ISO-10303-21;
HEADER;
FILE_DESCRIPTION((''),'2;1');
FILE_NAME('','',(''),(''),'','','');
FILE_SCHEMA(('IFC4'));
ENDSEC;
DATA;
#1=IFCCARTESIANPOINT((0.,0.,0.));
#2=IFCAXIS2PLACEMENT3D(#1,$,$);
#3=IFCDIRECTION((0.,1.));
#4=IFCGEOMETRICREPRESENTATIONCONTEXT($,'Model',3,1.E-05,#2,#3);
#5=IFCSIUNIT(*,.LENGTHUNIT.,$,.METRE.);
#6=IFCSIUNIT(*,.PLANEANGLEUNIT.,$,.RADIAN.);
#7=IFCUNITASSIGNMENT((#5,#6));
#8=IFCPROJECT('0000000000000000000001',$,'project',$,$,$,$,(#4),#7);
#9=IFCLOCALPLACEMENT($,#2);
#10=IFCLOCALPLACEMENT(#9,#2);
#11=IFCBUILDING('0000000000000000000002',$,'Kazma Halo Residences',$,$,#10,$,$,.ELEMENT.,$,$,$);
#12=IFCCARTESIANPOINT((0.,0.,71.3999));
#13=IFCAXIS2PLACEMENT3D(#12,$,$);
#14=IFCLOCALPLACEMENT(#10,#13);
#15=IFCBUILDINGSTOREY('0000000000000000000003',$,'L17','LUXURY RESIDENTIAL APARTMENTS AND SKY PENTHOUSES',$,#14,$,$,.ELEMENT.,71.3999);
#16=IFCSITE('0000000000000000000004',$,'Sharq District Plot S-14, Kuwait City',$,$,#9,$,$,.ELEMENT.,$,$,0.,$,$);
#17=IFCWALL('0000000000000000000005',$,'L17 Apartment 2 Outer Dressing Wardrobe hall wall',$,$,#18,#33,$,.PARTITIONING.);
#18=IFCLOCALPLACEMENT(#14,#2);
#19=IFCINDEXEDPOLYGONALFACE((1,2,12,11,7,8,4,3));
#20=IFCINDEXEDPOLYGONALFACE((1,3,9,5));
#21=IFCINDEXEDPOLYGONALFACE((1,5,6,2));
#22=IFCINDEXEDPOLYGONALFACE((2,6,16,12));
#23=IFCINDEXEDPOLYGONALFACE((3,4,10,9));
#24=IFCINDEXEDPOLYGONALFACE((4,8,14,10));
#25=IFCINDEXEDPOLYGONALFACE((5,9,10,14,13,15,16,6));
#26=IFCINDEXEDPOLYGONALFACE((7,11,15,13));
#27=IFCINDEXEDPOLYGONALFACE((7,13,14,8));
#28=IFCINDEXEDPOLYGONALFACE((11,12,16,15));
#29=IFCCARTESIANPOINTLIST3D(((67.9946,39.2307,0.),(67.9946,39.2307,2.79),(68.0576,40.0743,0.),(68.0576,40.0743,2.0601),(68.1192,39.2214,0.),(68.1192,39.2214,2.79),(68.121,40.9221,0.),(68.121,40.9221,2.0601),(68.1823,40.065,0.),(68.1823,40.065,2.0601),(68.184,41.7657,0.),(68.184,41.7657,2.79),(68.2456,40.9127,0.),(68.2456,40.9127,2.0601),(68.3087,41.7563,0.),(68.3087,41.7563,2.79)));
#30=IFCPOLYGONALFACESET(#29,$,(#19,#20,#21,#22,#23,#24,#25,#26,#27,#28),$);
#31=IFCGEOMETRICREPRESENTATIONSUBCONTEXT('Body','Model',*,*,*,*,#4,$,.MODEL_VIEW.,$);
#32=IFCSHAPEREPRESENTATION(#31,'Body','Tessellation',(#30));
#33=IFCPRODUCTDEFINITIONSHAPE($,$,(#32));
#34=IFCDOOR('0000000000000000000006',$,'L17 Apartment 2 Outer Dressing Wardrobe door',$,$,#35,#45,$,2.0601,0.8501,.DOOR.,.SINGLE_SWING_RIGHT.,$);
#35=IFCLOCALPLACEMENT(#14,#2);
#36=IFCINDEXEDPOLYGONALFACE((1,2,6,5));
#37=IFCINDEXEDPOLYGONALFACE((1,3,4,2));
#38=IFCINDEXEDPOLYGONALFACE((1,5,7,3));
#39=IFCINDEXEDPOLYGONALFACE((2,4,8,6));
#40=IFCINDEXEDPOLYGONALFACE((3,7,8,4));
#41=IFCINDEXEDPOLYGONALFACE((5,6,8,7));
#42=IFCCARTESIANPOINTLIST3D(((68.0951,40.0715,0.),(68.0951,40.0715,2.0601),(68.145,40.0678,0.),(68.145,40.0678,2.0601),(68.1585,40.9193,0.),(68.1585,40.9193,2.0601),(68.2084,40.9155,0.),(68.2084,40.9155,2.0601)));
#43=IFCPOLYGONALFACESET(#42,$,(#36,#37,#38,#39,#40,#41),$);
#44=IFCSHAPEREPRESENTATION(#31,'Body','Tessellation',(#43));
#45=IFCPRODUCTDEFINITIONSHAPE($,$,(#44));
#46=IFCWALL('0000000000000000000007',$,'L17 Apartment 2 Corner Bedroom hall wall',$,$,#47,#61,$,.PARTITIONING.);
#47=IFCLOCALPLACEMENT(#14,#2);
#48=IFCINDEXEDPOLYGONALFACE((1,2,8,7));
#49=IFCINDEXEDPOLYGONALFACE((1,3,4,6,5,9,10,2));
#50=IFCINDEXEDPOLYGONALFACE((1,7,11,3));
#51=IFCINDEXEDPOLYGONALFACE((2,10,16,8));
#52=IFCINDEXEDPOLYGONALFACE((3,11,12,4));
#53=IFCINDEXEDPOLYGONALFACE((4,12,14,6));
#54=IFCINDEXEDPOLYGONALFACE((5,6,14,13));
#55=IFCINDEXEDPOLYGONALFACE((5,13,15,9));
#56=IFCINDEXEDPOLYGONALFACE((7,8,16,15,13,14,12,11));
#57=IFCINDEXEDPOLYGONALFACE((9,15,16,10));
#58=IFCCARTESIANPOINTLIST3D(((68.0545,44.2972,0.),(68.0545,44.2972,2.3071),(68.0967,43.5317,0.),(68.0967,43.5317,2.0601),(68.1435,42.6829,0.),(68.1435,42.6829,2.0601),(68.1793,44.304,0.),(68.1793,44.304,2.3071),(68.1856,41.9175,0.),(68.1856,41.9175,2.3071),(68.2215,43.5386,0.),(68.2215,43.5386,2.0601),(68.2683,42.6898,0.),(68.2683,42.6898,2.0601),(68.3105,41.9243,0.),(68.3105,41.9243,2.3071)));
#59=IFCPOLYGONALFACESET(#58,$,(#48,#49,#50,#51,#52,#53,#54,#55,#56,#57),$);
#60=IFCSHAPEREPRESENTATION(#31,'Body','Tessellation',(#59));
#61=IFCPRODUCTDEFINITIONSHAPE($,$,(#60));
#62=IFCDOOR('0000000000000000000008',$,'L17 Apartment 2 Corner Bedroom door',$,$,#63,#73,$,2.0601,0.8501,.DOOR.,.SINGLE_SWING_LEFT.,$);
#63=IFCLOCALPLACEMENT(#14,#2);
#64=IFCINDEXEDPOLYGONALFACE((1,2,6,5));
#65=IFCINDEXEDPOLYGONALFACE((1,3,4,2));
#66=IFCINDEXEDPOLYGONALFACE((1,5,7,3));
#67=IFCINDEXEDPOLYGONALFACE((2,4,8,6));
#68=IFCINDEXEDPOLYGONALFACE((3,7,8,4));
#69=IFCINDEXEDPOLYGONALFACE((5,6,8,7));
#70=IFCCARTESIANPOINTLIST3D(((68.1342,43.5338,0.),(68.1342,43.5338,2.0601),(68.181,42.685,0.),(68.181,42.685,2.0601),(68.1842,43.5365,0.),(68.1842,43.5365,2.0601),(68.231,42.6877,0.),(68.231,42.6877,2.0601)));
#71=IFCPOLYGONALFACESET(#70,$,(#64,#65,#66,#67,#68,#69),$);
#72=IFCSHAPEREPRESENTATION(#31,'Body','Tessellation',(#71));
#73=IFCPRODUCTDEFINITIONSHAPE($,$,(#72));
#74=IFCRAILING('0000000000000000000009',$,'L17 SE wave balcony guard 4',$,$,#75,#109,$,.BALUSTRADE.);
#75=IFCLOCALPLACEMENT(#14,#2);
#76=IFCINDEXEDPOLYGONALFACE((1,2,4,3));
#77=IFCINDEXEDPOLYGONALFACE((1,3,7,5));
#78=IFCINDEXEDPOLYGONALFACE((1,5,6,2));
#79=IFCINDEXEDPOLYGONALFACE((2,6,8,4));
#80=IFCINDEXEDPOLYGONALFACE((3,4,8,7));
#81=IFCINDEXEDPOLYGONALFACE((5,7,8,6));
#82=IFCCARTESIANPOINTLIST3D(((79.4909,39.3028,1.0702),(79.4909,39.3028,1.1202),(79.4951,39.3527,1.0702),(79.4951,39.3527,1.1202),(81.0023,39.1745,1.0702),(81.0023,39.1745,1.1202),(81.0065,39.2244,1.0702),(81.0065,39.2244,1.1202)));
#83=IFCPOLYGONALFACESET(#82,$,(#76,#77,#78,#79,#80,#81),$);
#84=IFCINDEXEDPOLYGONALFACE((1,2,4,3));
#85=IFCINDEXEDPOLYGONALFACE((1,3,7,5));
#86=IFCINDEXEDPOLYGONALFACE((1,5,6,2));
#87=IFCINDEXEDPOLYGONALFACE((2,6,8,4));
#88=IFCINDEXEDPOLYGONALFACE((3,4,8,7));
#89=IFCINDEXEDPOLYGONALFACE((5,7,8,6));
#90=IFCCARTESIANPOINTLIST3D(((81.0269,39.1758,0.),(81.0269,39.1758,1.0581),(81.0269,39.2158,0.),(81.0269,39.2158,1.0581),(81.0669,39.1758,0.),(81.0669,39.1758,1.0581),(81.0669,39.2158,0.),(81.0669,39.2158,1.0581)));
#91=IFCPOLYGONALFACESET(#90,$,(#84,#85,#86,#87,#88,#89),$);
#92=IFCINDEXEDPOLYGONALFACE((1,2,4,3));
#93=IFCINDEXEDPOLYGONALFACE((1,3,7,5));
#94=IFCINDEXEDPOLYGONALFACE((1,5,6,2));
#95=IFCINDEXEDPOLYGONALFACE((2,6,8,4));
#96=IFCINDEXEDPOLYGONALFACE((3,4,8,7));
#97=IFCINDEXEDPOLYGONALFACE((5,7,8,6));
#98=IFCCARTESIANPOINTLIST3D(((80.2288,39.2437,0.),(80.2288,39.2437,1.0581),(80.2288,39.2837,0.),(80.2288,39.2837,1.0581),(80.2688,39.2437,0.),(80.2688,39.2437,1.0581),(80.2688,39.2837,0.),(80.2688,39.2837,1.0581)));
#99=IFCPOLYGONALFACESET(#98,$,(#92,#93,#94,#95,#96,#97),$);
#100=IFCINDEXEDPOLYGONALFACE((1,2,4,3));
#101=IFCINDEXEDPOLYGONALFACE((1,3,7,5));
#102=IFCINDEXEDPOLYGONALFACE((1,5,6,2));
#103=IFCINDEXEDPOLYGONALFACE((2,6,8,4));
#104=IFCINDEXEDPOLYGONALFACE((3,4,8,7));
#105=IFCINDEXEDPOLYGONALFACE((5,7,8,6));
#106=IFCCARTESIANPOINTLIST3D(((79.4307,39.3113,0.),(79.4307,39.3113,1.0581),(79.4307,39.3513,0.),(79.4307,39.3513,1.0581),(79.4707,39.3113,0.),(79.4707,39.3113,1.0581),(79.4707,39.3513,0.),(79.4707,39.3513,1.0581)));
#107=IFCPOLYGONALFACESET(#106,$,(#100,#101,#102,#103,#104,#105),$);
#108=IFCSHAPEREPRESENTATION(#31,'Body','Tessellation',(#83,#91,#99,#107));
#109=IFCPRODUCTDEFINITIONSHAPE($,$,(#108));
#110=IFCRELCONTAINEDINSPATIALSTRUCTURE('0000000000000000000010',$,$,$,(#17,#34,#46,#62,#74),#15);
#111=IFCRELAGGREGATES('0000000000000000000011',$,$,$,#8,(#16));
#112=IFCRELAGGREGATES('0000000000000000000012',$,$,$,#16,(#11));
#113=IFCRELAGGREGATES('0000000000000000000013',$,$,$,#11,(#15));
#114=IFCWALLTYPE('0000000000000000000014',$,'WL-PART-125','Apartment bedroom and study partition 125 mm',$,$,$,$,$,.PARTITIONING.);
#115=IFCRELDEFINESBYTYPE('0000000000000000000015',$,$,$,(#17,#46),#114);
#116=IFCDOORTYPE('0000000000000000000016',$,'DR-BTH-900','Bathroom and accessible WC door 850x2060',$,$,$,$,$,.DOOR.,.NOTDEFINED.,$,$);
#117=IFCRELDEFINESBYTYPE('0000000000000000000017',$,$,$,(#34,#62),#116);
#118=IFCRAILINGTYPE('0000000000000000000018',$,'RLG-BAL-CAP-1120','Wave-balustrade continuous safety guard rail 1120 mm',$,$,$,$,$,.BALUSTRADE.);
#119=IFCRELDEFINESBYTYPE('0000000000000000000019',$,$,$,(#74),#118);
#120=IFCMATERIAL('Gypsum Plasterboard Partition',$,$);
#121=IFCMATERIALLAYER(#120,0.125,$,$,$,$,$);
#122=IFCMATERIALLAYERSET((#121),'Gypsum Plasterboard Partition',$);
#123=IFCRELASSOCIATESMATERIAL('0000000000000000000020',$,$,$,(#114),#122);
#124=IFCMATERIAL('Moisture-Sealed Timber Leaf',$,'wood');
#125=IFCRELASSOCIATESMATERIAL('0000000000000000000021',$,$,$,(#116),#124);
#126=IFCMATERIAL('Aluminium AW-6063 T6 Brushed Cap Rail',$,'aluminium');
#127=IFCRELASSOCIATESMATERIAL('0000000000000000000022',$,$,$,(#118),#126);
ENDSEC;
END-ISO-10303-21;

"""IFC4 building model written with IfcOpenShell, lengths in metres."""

from ifc_helpers import new_model, si_unit, direction, frame, frame_2d, origin, origin_2d, place, context, subcontext, project, spatial, rectangle, extrude, material, layer, layer_set, type_object, element, fill, save


model = new_model("IFC4")

# Units and contexts
model_context = context("Model", 3, precision=1e-05, world=origin(), true_north=direction((0.0, 1.0)))
body_context = subcontext(model_context, "Body", "Model", "MODEL_VIEW")
ifc_project = project(units=[si_unit("LENGTHUNIT", "METRE"), si_unit("PLANEANGLEUNIT", "RADIAN")], contexts=[model_context])

# Site, building, storey
site_placement = place(None, origin())
site = spatial("IfcSite", under=ifc_project, at=site_placement, Name="Sharq District Plot S-14, Kuwait City", CompositionType="ELEMENT", RefElevation=0.0)
building_placement = place(site_placement, origin())
building = spatial("IfcBuilding", under=site, at=building_placement, Name="Kazma Halo Residences", CompositionType="ELEMENT")
storey_placement = place(building_placement, frame((0.0, 0.0, 71.3999)))
storey = spatial("IfcBuildingStorey", under=building, at=storey_placement, Name="L17", Description="LUXURY RESIDENTIAL APARTMENTS AND SKY PENTHOUSES", CompositionType="ELEMENT", Elevation=71.3999)

# Shared definitions
ifc_material_1 = material(Name="Gypsum Plasterboard Partition")
ifc_layer_1 = layer(ifc_material_1, 0.125)
ifc_layer_set_1 = layer_set([ifc_layer_1], Name="Gypsum Plasterboard Partition")
wall_type_1 = type_object("IfcWallType", Name="WL-PART-125", Description="Apartment bedroom and study partition 125 mm", PredefinedType="PARTITIONING", material=ifc_layer_set_1)

# Shared definitions
ifc_material_2 = material(Name="Moisture-Sealed Timber Leaf", Category="wood")
door_type = type_object("IfcDoorType", Name="DR-BTH-900", Description="Bathroom and accessible WC door 850x2060", OperationType="NOTDEFINED", PredefinedType="DOOR", material=ifc_material_2)

# Walls, openings, doors
wall_1_placement = place(storey_placement, frame((68.0569, 39.2261, 0.0), z_axis=(0.0, 0.0, 1.0), x_axis=(0.07453, 0.997219, 0.0)))
wall_1 = element("IfcWall", 1, at=wall_1_placement, inside=storey, type_object=wall_type_1, Name="L17 Apartment 2 Outer Dressing Wardrobe hall wall", PredefinedType="PARTITIONING", context=body_context, shape_type="SweptSolid", body=[
    extrude(rectangle(XDim=2.542, YDim=0.125, at=frame_2d((1.271, 0.0))), origin(), (0.0, 0.0, 1.0), 2.79),
])
opening_1_placement = place(wall_1_placement, frame((0.8459, 0.0, 0.0)))
opening_1 = element("IfcOpeningElement", 2, at=opening_1_placement, cuts=wall_1, PredefinedType="OPENING", context=body_context, shape_type="SweptSolid", body=[
    extrude(rectangle(XDim=0.8501, YDim=2.0601, at=frame_2d((0.425, 1.03))), frame((0.0, 0.0725, 0.0), z_axis=(0.0, -1.0, 0.0), x_axis=(1.0, 0.0, 0.0)), (0.0, 0.0, 1.0), 0.145),
])
door_1_placement = place(opening_1_placement, origin())
door_1 = element("IfcDoor", 3, at=door_1_placement, inside=storey, type_object=door_type, Name="L17 Apartment 2 Outer Dressing Wardrobe door", OperationType="SINGLE_SWING_RIGHT", OverallHeight=2.0601, OverallWidth=0.8501, PredefinedType="DOOR", context=body_context, shape_type="SweptSolid", body=[
    extrude(rectangle(XDim=0.8501, YDim=2.0601, at=frame_2d((0.425, 1.03))), frame((0.0, 0.0249, 0.0), z_axis=(0.0, -1.0, 0.0), x_axis=(1.0, 0.0, 0.0)), (0.0, 0.0, 1.0), 0.05),
])
fill(opening_1, door_1)
wall_2_placement = place(storey_placement, frame((68.248, 41.9209, 0.0), z_axis=(0.0, 0.0, 1.0), x_axis=(-0.05501, 0.998486, 0.0)))
wall_2 = element("IfcWall", 4, at=wall_2_placement, inside=storey, type_object=wall_type_1, Name="L17 Apartment 2 Corner Bedroom hall wall", PredefinedType="PARTITIONING", context=body_context, shape_type="SweptSolid", body=[
    extrude(rectangle(XDim=2.3833, YDim=0.125, at=frame_2d((1.1917, 0.0))), origin(), (0.0, 0.0, 1.0), 2.3071),
])
opening_2_placement = place(wall_2_placement, frame((0.7666, 0.0, 0.0)))
opening_2 = element("IfcOpeningElement", 5, at=opening_2_placement, cuts=wall_2, PredefinedType="OPENING", context=body_context, shape_type="SweptSolid", body=[
    extrude(rectangle(XDim=0.8501, YDim=2.0601, at=frame_2d((0.425, 1.03))), frame((0.0, 0.0725, 0.0), z_axis=(0.0, -1.0, 0.0), x_axis=(1.0, 0.0, 0.0)), (0.0, 0.0, 1.0), 0.145),
])
door_2_placement = place(opening_2_placement, origin())
door_2 = element("IfcDoor", 6, at=door_2_placement, inside=storey, type_object=door_type, Name="L17 Apartment 2 Corner Bedroom door", OperationType="SINGLE_SWING_LEFT", OverallHeight=2.0601, OverallWidth=0.8501, PredefinedType="DOOR", context=body_context, shape_type="SweptSolid", body=[
    extrude(rectangle(XDim=0.8501, YDim=2.0601, at=frame_2d((0.425, 1.03))), frame((0.0, 0.0249, 0.0), z_axis=(0.0, -1.0, 0.0), x_axis=(1.0, 0.0, 0.0)), (0.0, 0.0, 1.0), 0.05),
])
fill(opening_2, door_2)

# Railing
ifc_material_3 = material(Name="Aluminium AW-6063 T6 Brushed Cap Rail", Category="aluminium")
railing_type = type_object("IfcRailingType", Name="RLG-BAL-CAP-1120", Description="Wave-balustrade continuous safety guard rail 1120 mm", PredefinedType="BALUSTRADE", material=ifc_material_3)
railing_placement = place(storey_placement, frame((81.0469, 39.1958, 0.0)))
element("IfcRailing", 7, at=railing_placement, inside=storey, type_object=railing_type, Name="L17 SE wave balcony guard 4", PredefinedType="BALUSTRADE", context=body_context, shape_type="SweptSolid", body=[
    extrude(rectangle(XDim=0.05, YDim=0.05, at=origin_2d()), frame((-0.0425, 0.0037, 1.0952), z_axis=(-0.996416, 0.084584, 0.0), x_axis=(-0.084584, -0.996416, 0.0)), (0.0, 0.0, 1.0), 1.5168),
    extrude(rectangle(XDim=0.04, YDim=0.04, at=origin_2d()), origin(), (0.0, 0.0, 1.0), 1.0581),
    extrude(rectangle(XDim=0.04, YDim=0.04, at=origin_2d()), frame((-0.7981, 0.0679, 0.0)), (0.0, 0.0, 1.0), 1.0581),
    extrude(rectangle(XDim=0.04, YDim=0.04, at=origin_2d()), frame((-1.5962, 0.1355, 0.0)), (0.0, 0.0, 1.0), 1.0581),
])

save(model, "model.ifc")
